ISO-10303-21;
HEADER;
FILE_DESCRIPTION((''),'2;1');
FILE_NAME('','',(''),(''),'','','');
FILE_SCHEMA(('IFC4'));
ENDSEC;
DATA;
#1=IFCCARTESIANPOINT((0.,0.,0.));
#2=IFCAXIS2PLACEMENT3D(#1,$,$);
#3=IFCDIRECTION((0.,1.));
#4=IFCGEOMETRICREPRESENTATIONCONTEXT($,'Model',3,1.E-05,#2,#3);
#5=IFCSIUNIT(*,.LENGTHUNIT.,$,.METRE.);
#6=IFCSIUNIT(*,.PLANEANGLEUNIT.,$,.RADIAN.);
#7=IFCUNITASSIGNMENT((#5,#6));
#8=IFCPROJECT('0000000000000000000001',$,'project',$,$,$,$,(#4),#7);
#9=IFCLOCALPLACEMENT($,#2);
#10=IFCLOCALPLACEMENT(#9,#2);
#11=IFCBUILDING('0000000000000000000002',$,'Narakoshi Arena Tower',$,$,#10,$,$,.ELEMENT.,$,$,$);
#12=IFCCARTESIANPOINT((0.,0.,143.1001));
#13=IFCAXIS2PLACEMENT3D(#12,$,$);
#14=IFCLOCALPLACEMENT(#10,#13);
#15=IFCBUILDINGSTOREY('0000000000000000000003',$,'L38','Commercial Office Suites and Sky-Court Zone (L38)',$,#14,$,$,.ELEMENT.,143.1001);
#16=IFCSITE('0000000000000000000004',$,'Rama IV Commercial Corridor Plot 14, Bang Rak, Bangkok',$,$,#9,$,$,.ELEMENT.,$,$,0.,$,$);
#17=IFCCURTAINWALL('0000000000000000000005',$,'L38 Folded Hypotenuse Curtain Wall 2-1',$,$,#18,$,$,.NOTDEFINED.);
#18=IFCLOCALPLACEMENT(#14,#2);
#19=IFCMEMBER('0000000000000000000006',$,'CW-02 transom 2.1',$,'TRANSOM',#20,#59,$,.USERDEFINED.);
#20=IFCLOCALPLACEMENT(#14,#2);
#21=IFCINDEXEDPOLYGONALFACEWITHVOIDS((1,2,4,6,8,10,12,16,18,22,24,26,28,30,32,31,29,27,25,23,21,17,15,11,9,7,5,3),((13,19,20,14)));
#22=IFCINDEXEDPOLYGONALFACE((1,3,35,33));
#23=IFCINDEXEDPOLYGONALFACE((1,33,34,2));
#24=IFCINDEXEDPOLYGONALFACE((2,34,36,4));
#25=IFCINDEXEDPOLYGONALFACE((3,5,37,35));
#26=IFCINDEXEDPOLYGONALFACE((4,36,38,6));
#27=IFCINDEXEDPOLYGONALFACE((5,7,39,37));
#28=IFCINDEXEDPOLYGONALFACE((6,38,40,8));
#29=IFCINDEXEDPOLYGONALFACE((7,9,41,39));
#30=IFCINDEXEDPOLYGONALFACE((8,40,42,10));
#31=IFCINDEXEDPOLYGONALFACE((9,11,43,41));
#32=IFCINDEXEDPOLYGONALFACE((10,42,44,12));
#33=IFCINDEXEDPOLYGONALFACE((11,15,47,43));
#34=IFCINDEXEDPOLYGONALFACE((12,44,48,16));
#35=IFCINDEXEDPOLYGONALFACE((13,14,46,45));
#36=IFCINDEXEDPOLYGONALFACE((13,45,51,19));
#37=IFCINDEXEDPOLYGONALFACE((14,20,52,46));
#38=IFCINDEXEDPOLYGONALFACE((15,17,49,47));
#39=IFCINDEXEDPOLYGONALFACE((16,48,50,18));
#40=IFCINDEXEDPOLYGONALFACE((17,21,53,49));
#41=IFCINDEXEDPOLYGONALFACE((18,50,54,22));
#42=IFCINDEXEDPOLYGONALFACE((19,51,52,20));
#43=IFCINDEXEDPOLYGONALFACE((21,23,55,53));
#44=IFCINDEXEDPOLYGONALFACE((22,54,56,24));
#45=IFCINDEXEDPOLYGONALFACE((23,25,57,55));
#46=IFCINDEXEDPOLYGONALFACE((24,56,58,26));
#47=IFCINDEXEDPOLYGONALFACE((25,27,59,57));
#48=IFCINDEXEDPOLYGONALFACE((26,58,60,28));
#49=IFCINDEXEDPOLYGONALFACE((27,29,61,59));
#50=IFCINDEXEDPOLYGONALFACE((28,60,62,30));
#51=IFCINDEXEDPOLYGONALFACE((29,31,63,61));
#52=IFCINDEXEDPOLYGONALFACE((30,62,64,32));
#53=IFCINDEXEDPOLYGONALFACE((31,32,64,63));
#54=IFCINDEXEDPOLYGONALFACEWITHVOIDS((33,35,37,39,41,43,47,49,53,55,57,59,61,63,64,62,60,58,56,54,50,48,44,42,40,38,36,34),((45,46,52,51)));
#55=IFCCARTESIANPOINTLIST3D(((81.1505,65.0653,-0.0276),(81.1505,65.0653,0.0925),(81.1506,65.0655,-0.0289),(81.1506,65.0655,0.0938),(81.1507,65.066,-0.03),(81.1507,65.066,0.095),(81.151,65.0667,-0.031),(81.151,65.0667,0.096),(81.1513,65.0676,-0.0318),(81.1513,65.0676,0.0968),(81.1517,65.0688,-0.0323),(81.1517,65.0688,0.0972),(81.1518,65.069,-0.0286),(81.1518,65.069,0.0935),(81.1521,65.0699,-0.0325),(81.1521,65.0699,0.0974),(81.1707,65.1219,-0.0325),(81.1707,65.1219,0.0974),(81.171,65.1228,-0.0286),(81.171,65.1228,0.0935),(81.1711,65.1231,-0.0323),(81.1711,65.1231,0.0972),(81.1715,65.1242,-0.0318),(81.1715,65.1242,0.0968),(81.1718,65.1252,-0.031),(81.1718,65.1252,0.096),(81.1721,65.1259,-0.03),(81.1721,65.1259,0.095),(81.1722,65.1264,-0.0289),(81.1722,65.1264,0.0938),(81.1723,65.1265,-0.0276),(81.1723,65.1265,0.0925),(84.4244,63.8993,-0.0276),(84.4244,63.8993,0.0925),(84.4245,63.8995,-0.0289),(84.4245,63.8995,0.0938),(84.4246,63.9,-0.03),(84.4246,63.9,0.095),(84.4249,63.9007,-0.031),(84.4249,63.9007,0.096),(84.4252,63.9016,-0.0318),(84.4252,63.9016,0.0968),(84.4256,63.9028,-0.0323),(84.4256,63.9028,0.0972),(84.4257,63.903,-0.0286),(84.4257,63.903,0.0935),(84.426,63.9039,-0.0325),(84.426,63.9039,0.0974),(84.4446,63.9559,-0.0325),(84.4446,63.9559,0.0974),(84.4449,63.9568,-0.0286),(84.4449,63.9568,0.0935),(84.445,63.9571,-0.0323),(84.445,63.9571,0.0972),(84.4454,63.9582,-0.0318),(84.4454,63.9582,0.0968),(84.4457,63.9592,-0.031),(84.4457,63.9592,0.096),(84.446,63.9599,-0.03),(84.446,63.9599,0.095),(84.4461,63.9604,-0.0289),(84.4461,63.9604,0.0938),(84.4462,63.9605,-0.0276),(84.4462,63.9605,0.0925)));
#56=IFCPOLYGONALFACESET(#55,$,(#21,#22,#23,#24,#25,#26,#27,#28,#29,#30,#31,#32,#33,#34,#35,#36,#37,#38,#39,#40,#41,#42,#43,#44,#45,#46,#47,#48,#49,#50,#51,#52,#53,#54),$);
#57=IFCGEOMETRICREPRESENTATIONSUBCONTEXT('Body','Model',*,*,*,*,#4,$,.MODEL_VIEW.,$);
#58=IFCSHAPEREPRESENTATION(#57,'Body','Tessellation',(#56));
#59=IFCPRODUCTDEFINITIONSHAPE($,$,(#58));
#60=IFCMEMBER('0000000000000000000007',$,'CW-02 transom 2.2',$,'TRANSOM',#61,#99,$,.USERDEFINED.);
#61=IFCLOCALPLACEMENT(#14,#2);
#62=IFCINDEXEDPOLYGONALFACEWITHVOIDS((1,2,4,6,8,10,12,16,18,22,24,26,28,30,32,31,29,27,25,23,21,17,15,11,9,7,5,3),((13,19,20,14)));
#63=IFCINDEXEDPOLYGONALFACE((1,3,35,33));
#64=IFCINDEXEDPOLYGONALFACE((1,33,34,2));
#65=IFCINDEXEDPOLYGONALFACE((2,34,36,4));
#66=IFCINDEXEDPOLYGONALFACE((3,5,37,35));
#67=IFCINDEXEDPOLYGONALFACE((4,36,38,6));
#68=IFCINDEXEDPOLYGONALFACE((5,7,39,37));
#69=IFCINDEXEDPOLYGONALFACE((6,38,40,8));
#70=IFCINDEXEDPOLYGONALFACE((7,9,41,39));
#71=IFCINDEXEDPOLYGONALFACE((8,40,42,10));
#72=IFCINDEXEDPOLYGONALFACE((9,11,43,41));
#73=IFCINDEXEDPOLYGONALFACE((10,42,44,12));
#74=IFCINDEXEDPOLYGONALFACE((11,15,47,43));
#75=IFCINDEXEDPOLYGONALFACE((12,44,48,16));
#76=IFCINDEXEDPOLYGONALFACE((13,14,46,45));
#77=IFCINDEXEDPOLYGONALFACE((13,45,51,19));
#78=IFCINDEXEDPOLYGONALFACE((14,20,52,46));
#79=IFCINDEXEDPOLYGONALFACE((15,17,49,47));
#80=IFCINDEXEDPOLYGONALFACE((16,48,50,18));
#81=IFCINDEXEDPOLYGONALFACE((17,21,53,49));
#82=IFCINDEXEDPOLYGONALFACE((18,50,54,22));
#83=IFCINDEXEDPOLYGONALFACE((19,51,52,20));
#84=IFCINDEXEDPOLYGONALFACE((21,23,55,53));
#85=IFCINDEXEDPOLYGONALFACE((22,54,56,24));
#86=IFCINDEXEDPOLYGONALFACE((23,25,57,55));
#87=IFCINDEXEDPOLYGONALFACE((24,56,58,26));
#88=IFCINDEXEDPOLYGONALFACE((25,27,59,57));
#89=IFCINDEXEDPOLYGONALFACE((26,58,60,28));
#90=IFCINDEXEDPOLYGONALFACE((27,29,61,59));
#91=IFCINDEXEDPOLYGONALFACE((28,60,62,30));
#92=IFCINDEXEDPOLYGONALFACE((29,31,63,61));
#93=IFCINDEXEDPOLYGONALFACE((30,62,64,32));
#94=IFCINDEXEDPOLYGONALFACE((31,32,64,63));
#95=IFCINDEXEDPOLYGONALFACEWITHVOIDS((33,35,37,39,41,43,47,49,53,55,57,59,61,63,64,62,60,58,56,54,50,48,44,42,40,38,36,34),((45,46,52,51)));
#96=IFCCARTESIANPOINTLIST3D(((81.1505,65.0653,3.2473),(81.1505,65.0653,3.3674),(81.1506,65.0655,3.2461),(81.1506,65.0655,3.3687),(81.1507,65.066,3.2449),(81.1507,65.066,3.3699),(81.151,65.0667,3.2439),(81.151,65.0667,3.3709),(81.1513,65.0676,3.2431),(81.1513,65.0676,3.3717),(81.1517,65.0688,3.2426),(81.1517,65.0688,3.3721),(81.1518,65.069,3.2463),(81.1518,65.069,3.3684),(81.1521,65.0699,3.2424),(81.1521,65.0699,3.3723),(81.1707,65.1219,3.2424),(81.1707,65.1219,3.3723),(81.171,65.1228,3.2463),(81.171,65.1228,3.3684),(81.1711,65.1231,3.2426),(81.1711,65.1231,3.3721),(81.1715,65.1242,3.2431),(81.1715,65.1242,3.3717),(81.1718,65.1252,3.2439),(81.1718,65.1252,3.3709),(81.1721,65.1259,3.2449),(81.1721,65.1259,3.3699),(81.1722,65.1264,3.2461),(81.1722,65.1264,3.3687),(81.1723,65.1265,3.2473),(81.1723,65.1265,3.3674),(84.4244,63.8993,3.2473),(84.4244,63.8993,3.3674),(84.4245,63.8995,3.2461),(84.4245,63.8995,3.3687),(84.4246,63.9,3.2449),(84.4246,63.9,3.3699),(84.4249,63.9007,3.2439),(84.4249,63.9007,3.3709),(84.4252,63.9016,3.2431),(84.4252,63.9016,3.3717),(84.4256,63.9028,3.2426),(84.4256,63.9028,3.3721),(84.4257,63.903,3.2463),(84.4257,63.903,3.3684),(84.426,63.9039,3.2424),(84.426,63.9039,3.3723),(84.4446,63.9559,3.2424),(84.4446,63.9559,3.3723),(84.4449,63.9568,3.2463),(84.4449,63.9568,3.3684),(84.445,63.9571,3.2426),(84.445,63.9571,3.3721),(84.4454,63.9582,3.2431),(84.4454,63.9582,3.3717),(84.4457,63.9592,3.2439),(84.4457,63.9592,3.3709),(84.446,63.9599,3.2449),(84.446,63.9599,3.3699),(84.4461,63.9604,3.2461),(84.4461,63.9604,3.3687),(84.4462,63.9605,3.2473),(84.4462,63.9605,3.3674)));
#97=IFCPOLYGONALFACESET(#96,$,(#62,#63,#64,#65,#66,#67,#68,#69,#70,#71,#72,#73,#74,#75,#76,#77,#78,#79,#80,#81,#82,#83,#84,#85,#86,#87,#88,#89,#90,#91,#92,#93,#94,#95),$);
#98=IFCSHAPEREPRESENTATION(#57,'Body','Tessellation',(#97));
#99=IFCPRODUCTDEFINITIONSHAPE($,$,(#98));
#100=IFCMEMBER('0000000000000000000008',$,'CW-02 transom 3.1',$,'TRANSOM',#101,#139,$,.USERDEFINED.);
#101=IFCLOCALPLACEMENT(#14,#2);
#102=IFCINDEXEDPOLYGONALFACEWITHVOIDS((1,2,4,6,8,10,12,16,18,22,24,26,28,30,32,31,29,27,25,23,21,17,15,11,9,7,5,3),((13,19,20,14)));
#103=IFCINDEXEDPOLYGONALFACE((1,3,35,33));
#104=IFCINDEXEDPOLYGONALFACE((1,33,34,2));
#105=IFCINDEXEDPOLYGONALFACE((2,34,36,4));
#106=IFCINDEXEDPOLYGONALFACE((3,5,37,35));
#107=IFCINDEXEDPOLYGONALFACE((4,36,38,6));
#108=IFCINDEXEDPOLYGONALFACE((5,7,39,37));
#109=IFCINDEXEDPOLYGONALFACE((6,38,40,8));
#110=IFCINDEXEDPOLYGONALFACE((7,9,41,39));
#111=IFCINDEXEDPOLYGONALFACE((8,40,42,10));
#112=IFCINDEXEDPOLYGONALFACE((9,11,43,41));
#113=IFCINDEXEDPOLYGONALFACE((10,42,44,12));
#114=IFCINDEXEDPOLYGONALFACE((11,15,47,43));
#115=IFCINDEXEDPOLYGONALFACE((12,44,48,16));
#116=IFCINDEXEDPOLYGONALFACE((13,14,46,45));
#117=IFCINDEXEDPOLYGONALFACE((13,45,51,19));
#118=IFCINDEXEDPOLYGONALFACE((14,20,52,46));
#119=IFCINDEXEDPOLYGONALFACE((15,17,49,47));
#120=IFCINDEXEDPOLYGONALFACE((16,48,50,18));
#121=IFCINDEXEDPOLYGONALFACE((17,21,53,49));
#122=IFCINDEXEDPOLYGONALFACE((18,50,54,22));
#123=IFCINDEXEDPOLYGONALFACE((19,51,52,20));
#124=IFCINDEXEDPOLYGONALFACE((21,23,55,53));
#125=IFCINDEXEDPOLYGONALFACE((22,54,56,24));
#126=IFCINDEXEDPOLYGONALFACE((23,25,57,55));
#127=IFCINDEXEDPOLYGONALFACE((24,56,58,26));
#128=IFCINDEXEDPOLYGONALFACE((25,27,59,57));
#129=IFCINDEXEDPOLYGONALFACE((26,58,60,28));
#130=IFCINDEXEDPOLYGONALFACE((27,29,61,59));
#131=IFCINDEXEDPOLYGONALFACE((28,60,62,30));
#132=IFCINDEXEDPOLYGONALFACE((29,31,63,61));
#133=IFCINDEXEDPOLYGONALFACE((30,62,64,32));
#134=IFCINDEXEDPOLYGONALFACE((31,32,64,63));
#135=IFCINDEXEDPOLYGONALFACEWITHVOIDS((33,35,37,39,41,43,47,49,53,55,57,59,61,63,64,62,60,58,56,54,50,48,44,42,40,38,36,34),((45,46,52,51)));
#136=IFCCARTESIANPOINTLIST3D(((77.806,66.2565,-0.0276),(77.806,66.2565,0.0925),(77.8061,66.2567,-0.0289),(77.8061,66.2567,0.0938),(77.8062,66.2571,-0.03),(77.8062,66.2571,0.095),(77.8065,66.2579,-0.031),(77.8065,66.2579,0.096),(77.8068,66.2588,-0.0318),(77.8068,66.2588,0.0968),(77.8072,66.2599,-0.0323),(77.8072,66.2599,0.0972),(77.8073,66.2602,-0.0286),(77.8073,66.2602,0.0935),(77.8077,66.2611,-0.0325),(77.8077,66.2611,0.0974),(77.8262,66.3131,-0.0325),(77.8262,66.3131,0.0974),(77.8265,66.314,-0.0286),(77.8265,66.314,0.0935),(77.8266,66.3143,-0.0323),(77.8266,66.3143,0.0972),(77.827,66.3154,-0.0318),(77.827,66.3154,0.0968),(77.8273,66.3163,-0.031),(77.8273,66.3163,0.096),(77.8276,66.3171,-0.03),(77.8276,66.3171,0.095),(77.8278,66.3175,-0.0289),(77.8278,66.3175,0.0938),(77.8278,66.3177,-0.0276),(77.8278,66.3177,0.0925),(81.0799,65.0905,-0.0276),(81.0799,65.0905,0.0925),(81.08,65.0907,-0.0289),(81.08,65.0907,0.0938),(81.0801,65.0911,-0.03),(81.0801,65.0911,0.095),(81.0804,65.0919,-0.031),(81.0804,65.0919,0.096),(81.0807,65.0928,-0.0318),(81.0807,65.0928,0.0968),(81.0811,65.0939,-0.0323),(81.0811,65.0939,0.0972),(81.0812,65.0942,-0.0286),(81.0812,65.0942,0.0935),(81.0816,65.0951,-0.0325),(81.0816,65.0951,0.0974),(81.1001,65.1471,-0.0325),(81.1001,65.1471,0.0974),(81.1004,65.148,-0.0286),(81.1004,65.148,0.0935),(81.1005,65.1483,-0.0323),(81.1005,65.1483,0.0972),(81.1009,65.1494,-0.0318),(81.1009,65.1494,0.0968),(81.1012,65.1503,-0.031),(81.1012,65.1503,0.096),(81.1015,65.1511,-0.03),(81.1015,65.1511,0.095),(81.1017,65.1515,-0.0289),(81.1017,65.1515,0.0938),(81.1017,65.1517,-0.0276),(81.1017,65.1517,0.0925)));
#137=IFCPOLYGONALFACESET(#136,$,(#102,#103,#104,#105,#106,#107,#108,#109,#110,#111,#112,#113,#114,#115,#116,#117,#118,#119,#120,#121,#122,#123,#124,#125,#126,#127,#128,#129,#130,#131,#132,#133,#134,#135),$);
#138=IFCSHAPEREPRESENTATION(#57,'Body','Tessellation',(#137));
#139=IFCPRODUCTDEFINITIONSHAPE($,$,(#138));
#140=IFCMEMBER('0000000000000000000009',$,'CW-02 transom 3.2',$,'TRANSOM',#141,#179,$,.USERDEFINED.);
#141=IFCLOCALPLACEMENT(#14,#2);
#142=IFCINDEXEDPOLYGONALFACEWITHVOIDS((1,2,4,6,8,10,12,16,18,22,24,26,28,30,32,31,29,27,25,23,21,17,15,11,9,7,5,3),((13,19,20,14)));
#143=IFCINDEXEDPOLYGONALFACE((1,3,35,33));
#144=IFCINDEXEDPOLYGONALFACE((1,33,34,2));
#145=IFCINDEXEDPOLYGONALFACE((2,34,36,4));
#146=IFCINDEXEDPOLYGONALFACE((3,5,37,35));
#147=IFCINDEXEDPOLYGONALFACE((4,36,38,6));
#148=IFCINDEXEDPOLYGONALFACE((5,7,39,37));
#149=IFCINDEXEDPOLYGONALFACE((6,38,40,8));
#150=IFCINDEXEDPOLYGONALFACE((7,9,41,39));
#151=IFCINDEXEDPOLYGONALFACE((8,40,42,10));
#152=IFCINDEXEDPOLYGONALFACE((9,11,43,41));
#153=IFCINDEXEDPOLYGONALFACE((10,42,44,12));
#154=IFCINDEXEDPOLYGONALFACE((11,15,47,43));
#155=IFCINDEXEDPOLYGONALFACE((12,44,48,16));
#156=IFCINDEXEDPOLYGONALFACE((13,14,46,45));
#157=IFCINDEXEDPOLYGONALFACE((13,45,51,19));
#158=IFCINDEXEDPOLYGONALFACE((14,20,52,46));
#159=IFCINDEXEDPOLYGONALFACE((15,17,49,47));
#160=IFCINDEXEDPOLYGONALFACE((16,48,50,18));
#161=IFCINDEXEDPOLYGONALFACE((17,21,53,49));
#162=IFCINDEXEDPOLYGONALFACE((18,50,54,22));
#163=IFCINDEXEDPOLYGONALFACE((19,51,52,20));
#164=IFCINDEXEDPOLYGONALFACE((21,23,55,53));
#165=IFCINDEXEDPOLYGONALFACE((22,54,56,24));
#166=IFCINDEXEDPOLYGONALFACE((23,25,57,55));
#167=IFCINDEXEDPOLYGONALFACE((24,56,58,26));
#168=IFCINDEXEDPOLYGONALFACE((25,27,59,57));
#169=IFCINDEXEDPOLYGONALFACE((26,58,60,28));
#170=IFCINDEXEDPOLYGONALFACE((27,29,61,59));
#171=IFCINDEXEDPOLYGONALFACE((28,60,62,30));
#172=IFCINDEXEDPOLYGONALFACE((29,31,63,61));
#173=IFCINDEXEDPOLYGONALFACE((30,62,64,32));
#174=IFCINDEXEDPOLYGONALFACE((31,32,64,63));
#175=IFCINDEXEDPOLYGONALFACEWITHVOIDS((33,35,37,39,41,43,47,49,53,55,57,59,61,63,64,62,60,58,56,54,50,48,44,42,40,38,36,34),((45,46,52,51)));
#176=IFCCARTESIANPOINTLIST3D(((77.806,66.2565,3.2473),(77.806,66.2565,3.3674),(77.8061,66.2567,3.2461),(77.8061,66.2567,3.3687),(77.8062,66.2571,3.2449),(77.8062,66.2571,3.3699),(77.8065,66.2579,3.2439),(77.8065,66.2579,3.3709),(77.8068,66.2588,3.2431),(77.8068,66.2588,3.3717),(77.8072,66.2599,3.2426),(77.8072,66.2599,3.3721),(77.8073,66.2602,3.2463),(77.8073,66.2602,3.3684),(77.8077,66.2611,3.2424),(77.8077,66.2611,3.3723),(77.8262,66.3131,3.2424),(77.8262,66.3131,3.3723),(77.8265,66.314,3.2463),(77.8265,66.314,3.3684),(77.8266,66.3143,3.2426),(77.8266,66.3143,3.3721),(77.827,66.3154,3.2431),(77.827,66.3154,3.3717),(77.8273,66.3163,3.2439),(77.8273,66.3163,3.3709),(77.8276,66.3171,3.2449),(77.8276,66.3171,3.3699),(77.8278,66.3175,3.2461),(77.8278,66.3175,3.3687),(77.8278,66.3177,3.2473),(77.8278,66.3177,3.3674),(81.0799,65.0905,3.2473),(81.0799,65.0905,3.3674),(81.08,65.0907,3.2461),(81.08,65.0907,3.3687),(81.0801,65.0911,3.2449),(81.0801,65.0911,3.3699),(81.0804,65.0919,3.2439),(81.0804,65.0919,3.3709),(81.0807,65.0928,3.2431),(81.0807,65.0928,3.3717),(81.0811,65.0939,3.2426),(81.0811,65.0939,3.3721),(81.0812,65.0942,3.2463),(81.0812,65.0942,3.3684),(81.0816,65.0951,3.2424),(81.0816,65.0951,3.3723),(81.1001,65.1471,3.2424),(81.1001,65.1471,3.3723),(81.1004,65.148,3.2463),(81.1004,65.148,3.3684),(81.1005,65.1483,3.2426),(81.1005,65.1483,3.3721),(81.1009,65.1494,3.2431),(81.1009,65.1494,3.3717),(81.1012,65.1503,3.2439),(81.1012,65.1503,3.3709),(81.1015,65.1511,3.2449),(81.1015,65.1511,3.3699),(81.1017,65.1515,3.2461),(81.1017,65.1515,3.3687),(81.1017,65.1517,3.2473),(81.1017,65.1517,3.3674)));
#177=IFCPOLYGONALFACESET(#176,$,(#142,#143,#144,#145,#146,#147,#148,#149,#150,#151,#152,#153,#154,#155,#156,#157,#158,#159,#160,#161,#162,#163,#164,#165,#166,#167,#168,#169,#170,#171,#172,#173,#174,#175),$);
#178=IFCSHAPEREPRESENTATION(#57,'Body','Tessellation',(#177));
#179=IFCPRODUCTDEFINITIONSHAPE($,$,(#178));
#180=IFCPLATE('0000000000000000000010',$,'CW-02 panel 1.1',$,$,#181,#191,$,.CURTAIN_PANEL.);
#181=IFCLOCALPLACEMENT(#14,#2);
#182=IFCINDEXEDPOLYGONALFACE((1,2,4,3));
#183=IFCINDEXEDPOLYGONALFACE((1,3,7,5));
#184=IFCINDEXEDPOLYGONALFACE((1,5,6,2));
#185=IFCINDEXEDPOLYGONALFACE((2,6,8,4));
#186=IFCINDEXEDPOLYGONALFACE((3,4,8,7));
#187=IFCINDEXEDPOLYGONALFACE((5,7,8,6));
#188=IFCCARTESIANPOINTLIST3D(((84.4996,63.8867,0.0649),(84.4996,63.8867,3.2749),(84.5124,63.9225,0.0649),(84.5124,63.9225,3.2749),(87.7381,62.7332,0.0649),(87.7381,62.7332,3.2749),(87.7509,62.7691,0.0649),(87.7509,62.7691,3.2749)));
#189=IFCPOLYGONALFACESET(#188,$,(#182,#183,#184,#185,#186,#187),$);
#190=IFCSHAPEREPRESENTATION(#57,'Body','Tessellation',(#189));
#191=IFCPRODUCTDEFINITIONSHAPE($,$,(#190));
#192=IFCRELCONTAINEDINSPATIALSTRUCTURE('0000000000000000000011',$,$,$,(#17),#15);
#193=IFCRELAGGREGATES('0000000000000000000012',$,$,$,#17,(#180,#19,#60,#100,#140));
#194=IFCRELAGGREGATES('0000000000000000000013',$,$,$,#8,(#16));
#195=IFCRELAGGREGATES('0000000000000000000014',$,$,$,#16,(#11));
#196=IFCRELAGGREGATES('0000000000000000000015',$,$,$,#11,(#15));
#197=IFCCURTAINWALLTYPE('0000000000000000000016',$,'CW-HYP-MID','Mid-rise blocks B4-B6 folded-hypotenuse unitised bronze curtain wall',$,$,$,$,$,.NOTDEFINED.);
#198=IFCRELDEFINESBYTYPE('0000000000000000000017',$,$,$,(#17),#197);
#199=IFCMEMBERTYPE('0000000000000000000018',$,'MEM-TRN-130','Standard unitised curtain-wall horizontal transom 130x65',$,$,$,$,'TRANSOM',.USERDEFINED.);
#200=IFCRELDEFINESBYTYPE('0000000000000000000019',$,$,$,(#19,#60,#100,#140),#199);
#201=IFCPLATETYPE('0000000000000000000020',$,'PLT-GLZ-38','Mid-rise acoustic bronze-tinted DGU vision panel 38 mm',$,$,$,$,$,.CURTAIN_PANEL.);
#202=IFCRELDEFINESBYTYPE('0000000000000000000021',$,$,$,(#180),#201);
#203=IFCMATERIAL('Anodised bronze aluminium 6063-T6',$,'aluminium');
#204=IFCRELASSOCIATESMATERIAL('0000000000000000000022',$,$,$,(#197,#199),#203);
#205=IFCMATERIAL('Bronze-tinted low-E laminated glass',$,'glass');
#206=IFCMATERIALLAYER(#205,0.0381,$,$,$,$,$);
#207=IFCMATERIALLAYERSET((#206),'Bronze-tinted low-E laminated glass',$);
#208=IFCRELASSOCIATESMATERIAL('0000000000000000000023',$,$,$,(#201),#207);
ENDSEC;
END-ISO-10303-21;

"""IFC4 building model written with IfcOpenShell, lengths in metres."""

from ifc_helpers import new_model, si_unit, direction, frame, origin, origin_2d, place, context, subcontext, project, spatial, rectangle, hollow_rectangle, extrude, material, layer, layer_set, material_profile, profile_set, type_object, element, aggregate, save


model = new_model("IFC4")

# Units and contexts
model_context = context("Model", 3, precision=1e-05, world=origin(), true_north=direction((0.0, 1.0)))
body_context = subcontext(model_context, "Body", "Model", "MODEL_VIEW")
ifc_project = project(units=[si_unit("LENGTHUNIT", "METRE"), si_unit("PLANEANGLEUNIT", "RADIAN")], contexts=[model_context])

# Site, building, storey
site_placement = place(None, origin())
site = spatial("IfcSite", under=ifc_project, at=site_placement, Name="Rama IV Commercial Corridor Plot 14, Bang Rak, Bangkok", CompositionType="ELEMENT", RefElevation=0.0)
building_placement = place(site_placement, origin())
building = spatial("IfcBuilding", under=site, at=building_placement, Name="Narakoshi Arena Tower", CompositionType="ELEMENT")
storey_placement = place(building_placement, frame((0.0, 0.0, 143.1001)))
storey = spatial("IfcBuildingStorey", under=building, at=storey_placement, Name="L38", Description="Commercial Office Suites and Sky-Court Zone (L38)", CompositionType="ELEMENT", Elevation=143.1001)

# Shared definitions
ifc_material_1 = material(Name="Anodised bronze aluminium 6063-T6", Category="aluminium")
curtain_wall_type = type_object("IfcCurtainWallType", Name="CW-HYP-MID", Description="Mid-rise blocks B4-B6 folded-hypotenuse unitised bronze curtain wall", PredefinedType="NOTDEFINED", material=ifc_material_1)

# Curtain wall, members, plate
curtain_wall_1_placement = place(storey_placement, origin())
curtain_wall_1 = element("IfcCurtainWall", 1, at=curtain_wall_1_placement, inside=storey, type_object=curtain_wall_type, Name="L38 Folded Hypotenuse Curtain Wall 2-1", PredefinedType="NOTDEFINED")
ifc_material_profile_1 = material_profile(ifc_material_1, hollow_rectangle(XDim=0.0649, YDim=0.1299, WallThickness=0.0039, OuterFilletRadius=0.0049, at=origin_2d()), Name="TRN130x65x4")
ifc_profile_set_1 = profile_set([ifc_material_profile_1], Name="Anodised bronze aluminium 6063-T6")
member_type_1 = type_object("IfcMemberType", Name="MEM-TRN-130", Description="Standard unitised curtain-wall horizontal transom 130x65", ElementType="TRANSOM", PredefinedType="USERDEFINED", material=ifc_profile_set_1)
member_1_placement = place(storey_placement, frame((84.4353, 63.9299, 0.0325), z_axis=(-0.942037, 0.335509, 0.0), x_axis=(-0.335509, -0.942037, 0.0)))
member_1 = element("IfcMember", 2, at=member_1_placement, type_object=member_type_1, Name="CW-02 transom 2.1", ObjectType="TRANSOM", PredefinedType="USERDEFINED", context=body_context, shape_type="SweptSolid", body=[
    extrude(hollow_rectangle(XDim=0.0649, YDim=0.1299, WallThickness=0.0039, OuterFilletRadius=0.0049, at=origin_2d()), origin(), (0.0, 0.0, 1.0), 3.4753),
])
member_2_placement = place(storey_placement, frame((84.4353, 63.9299, 3.3074), z_axis=(-0.942037, 0.335509, 0.0), x_axis=(-0.335509, -0.942037, 0.0)))
member_2 = element("IfcMember", 3, at=member_2_placement, type_object=member_type_1, Name="CW-02 transom 2.2", ObjectType="TRANSOM", PredefinedType="USERDEFINED", context=body_context, shape_type="SweptSolid", body=[
    extrude(hollow_rectangle(XDim=0.0649, YDim=0.1299, WallThickness=0.0039, OuterFilletRadius=0.0049, at=origin_2d()), origin(), (0.0, 0.0, 1.0), 3.4753),
])
member_3_placement = place(storey_placement, frame((81.0908, 65.1211, 0.0325), z_axis=(-0.942037, 0.335509, 0.0), x_axis=(-0.335509, -0.942037, 0.0)))
member_3 = element("IfcMember", 4, at=member_3_placement, type_object=member_type_1, Name="CW-02 transom 3.1", ObjectType="TRANSOM", PredefinedType="USERDEFINED", context=body_context, shape_type="SweptSolid", body=[
    extrude(hollow_rectangle(XDim=0.0649, YDim=0.1299, WallThickness=0.0039, OuterFilletRadius=0.0049, at=origin_2d()), origin(), (0.0, 0.0, 1.0), 3.4753),
])
member_4_placement = place(storey_placement, frame((81.0908, 65.1211, 3.3074), z_axis=(-0.942037, 0.335509, 0.0), x_axis=(-0.335509, -0.942037, 0.0)))
member_4 = element("IfcMember", 5, at=member_4_placement, type_object=member_type_1, Name="CW-02 transom 3.2", ObjectType="TRANSOM", PredefinedType="USERDEFINED", context=body_context, shape_type="SweptSolid", body=[
    extrude(hollow_rectangle(XDim=0.0649, YDim=0.1299, WallThickness=0.0039, OuterFilletRadius=0.0049, at=origin_2d()), origin(), (0.0, 0.0, 1.0), 3.4753),
])
ifc_material_2 = material(Name="Bronze-tinted low-E laminated glass", Category="glass")
ifc_layer_1 = layer(ifc_material_2, 0.0381)
ifc_layer_set_1 = layer_set([ifc_layer_1], Name="Bronze-tinted low-E laminated glass")
plate_type = type_object("IfcPlateType", Name="PLT-GLZ-38", Description="Mid-rise acoustic bronze-tinted DGU vision panel 38 mm", PredefinedType="CURTAIN_PANEL", material=ifc_layer_set_1)
plate_1_placement = place(storey_placement, frame((86.1252, 63.3279, 0.0649), z_axis=(0.0, 0.0, 1.0), x_axis=(-0.942034, 0.335518, 0.0)))
plate_1 = element("IfcPlate", 6, at=plate_1_placement, type_object=plate_type, Name="CW-02 panel 1.1", PredefinedType="CURTAIN_PANEL", context=body_context, shape_type="SweptSolid", body=[
    extrude(rectangle(XDim=3.4377, YDim=0.0381, at=origin_2d()), origin(), (0.0, 0.0, 1.0), 3.21),
])
aggregate(curtain_wall_1, [plate_1, member_1, member_2, member_3, member_4])

save(model, "model.ifc")
